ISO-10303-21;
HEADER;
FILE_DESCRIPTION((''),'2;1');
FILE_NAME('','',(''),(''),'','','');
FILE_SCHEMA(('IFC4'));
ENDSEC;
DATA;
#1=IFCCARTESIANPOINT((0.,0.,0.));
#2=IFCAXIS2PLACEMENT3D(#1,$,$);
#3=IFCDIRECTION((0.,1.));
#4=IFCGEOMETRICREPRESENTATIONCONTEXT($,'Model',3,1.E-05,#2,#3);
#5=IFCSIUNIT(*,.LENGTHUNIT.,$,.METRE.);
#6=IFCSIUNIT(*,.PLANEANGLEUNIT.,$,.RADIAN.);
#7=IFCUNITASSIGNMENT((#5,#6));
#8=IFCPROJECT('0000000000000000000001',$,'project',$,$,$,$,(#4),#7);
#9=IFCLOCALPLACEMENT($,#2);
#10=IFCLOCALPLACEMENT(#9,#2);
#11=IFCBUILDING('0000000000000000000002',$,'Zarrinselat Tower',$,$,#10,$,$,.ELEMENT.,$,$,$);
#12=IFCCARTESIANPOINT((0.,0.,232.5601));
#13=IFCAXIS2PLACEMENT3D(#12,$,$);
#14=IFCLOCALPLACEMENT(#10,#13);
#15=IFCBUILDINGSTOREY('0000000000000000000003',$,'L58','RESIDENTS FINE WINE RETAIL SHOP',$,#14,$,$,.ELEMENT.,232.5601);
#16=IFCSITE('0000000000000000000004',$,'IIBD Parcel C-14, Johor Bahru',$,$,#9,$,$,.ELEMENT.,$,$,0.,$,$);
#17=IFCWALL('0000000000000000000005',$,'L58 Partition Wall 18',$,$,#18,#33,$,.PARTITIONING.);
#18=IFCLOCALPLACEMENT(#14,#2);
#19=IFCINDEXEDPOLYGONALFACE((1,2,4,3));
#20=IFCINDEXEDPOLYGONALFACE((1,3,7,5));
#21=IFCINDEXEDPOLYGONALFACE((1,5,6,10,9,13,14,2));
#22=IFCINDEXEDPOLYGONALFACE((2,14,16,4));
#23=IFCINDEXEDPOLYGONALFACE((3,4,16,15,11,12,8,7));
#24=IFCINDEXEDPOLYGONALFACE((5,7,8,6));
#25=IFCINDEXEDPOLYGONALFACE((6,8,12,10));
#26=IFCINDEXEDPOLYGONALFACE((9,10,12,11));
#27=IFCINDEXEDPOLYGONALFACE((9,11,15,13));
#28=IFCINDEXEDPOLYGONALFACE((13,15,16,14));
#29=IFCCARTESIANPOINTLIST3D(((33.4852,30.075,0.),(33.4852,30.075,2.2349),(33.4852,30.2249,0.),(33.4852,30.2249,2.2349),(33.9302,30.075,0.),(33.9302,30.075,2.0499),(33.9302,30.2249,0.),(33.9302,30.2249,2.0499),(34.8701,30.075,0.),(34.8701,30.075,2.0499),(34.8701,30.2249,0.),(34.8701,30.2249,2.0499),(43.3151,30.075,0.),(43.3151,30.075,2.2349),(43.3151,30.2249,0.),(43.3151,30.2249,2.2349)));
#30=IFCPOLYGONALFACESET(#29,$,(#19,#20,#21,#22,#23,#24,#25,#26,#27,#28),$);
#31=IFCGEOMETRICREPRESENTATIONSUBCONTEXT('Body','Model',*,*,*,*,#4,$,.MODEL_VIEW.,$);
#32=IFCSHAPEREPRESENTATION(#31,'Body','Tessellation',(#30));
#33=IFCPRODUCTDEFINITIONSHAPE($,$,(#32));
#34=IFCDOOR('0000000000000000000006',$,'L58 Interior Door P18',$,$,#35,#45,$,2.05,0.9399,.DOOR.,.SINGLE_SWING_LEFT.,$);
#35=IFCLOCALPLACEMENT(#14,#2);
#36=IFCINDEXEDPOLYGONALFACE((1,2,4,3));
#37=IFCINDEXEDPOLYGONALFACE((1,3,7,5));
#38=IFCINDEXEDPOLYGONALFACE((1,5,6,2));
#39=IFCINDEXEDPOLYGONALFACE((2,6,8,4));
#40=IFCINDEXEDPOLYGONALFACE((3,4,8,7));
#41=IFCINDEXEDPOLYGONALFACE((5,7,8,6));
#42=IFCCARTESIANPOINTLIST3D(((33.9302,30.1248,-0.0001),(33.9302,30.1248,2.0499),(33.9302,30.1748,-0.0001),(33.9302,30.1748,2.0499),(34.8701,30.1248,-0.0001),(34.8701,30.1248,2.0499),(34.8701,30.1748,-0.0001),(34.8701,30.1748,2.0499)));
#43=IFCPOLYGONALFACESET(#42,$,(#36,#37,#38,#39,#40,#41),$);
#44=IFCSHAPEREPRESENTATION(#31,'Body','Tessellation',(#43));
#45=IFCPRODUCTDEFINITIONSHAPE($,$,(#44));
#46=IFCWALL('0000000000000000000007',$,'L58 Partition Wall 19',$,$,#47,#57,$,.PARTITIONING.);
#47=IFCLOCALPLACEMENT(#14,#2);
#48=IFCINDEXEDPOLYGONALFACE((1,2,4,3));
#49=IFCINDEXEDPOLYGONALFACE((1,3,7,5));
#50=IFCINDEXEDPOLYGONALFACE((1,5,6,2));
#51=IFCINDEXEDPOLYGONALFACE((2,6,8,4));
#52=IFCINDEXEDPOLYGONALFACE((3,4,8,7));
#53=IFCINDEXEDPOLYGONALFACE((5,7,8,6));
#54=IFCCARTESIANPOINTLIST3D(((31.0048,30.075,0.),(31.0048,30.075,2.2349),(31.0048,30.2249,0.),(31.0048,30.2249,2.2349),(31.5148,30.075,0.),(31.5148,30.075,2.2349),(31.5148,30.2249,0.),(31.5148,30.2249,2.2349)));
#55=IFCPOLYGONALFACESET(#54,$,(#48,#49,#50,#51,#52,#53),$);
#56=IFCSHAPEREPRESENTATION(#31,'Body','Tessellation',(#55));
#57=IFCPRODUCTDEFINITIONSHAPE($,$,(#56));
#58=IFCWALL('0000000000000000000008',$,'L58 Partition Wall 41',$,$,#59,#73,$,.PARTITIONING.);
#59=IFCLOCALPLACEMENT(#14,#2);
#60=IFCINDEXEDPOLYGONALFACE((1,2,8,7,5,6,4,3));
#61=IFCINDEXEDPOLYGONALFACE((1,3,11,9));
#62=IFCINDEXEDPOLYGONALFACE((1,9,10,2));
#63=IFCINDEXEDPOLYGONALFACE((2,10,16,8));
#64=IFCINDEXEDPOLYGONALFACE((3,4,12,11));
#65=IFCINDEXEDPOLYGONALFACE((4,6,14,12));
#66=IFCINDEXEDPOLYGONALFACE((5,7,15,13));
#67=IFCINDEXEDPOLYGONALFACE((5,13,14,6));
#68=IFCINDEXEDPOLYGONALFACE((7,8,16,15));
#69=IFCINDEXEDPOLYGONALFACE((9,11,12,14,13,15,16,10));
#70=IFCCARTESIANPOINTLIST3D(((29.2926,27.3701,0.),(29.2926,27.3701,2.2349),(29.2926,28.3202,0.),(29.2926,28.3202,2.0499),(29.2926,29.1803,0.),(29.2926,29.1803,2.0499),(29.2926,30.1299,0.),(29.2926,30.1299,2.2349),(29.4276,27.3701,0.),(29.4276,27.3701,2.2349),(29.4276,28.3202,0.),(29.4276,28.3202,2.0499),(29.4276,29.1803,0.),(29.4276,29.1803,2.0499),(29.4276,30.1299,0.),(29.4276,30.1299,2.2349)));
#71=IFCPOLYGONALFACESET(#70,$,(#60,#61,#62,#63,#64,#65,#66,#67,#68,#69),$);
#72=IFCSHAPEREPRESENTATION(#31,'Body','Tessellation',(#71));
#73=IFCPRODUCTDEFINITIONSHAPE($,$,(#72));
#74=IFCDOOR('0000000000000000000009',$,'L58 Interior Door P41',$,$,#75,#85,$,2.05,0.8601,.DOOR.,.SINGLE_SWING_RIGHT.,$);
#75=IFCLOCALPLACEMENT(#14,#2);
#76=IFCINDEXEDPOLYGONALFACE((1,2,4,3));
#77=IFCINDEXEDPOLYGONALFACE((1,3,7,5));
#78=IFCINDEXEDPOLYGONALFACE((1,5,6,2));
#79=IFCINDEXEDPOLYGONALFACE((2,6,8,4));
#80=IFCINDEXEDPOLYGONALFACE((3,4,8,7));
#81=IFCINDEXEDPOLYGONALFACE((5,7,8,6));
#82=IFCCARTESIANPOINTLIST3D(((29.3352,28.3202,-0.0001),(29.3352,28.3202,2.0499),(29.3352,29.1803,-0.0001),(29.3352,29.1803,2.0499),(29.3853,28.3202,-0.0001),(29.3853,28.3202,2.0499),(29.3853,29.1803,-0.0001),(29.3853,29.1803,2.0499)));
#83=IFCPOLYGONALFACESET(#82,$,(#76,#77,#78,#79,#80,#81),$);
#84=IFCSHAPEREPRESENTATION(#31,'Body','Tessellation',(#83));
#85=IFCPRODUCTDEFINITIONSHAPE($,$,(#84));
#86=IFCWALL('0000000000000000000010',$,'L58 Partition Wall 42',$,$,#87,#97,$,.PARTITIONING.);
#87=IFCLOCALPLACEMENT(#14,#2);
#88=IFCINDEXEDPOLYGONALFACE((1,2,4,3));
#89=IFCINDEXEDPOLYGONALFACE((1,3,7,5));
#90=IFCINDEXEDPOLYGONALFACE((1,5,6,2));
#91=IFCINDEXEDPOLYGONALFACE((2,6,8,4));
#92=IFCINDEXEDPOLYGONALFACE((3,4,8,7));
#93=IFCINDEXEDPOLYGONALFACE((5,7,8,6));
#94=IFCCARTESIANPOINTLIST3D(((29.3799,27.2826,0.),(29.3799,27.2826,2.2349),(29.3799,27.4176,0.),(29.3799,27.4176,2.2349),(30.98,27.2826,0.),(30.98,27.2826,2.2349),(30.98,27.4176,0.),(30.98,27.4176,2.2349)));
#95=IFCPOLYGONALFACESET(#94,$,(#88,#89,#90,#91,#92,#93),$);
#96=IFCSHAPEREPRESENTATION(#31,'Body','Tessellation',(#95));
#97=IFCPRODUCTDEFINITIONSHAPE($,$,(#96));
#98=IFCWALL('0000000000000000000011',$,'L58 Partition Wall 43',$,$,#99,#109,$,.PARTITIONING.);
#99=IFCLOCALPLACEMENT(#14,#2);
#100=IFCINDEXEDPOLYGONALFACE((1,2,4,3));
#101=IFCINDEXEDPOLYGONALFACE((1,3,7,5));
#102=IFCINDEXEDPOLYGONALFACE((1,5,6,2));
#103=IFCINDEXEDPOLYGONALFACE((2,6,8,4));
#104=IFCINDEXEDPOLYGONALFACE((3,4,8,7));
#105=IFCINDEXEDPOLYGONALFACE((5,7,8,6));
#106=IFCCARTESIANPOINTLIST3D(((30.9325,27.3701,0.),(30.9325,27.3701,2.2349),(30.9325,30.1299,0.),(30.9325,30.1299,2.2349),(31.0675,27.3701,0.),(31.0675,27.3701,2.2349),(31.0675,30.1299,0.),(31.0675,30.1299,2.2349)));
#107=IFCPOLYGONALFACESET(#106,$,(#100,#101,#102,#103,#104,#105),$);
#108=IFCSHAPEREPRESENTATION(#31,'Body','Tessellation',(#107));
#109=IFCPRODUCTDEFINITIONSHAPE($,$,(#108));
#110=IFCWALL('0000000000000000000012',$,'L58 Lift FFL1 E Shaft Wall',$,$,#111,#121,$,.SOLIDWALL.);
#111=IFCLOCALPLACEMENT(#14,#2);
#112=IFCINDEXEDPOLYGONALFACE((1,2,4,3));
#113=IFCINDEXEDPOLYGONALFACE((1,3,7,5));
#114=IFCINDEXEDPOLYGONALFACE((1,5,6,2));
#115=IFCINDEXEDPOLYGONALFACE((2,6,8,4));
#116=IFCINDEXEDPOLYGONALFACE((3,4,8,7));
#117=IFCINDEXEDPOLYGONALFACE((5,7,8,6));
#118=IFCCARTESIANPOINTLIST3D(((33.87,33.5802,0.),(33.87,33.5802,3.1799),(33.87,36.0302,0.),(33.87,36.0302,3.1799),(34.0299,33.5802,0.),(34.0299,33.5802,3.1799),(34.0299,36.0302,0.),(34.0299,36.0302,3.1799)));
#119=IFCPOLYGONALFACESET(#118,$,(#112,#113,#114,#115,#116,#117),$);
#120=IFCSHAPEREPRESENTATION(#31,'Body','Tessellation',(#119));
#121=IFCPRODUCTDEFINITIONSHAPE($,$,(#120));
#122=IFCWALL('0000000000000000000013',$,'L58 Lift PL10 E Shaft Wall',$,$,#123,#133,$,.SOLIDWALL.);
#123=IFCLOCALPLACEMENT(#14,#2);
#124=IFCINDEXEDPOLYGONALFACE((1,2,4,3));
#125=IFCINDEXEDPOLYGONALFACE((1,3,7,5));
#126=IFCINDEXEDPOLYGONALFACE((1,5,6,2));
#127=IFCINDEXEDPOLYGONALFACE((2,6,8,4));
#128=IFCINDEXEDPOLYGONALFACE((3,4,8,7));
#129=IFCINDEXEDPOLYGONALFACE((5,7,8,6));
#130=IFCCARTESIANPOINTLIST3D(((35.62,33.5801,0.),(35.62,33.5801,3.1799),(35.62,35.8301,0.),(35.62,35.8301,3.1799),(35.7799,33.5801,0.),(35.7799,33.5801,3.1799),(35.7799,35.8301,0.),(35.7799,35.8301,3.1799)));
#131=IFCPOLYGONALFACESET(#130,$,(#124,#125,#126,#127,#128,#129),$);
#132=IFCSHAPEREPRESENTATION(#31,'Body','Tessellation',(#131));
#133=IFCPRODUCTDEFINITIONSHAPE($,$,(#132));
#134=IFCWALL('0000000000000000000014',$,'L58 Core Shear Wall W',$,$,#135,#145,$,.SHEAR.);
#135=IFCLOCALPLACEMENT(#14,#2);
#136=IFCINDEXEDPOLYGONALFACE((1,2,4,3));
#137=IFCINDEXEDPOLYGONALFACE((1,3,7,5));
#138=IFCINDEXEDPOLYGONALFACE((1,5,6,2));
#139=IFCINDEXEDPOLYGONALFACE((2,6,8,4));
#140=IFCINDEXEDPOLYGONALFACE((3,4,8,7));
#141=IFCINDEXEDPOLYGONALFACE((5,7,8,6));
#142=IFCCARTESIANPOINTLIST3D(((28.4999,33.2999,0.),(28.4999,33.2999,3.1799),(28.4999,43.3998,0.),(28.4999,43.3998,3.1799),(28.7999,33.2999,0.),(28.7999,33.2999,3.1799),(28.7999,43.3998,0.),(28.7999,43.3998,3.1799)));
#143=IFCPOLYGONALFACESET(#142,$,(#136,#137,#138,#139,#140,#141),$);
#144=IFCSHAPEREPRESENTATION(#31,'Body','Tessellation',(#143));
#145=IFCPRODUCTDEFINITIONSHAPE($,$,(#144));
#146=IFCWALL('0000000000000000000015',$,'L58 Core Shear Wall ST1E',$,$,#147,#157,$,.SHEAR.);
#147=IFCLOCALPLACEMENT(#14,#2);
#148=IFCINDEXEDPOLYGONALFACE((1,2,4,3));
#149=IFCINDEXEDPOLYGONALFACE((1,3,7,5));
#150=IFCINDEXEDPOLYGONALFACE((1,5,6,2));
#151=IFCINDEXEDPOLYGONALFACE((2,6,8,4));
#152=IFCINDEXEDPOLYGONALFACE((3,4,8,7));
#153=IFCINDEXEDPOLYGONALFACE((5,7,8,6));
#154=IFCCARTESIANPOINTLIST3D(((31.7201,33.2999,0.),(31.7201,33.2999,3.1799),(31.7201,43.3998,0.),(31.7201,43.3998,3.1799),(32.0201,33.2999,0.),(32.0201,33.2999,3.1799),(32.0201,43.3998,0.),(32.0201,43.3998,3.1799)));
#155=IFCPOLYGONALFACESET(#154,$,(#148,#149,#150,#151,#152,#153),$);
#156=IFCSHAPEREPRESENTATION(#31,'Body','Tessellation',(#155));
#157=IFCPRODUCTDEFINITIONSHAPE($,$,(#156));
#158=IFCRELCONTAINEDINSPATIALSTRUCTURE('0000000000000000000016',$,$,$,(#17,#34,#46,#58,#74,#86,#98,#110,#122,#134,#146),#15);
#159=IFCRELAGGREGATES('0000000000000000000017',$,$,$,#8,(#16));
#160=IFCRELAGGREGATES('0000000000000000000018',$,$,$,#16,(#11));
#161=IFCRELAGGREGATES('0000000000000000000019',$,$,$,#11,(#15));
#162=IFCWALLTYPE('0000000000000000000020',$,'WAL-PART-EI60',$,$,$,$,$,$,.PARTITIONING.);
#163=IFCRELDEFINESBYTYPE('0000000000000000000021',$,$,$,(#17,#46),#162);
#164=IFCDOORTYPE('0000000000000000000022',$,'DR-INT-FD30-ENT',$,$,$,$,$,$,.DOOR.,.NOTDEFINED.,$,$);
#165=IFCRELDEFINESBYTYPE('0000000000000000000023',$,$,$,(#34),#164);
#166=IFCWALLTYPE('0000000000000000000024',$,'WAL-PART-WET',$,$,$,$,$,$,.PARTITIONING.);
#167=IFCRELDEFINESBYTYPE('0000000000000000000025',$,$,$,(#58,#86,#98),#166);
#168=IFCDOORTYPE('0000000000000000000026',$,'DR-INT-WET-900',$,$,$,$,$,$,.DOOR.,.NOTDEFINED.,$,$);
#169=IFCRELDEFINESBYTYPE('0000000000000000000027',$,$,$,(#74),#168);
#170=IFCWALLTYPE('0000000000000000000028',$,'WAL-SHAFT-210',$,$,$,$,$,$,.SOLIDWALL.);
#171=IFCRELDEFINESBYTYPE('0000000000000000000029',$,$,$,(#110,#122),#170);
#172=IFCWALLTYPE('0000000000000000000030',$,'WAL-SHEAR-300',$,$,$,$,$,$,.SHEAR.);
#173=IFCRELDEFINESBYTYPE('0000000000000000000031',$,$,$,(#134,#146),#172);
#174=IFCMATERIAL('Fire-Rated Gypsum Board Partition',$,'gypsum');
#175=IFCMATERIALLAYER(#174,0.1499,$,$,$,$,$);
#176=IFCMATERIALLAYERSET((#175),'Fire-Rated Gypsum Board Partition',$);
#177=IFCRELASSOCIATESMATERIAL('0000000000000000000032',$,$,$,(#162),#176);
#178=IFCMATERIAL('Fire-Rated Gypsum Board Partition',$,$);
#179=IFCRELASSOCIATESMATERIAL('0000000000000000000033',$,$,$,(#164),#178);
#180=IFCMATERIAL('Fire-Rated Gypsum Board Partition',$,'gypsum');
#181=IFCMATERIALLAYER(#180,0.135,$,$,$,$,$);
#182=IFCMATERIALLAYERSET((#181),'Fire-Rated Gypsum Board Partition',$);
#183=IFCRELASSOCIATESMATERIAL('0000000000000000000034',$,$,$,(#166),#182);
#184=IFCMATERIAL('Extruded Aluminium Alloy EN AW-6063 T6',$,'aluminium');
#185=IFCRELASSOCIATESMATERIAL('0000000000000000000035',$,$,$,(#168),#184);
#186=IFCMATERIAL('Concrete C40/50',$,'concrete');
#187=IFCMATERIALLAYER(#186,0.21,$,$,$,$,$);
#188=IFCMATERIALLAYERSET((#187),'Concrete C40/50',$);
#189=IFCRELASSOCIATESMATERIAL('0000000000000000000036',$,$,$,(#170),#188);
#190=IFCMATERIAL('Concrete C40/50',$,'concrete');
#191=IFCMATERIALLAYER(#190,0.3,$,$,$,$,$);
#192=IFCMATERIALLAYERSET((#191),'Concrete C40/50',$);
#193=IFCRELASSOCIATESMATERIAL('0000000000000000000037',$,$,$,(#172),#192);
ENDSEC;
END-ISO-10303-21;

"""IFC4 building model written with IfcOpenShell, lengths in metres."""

from ifc_helpers import new_model, si_unit, direction, frame, frame_2d, origin, place, context, subcontext, project, spatial, rectangle, extrude, material, layer, layer_set, type_object, element, fill, save


model = new_model("IFC4")

# Units and contexts
model_context = context("Model", 3, precision=1e-05, world=origin(), true_north=direction((0.0, 1.0)))
body_context = subcontext(model_context, "Body", "Model", "MODEL_VIEW")
ifc_project = project(units=[si_unit("LENGTHUNIT", "METRE"), si_unit("PLANEANGLEUNIT", "RADIAN")], contexts=[model_context])

# Site, building, storey
site_placement = place(None, origin())
site = spatial("IfcSite", under=ifc_project, at=site_placement, Name="IIBD Parcel C-14, Johor Bahru", CompositionType="ELEMENT", RefElevation=0.0)
building_placement = place(site_placement, origin())
building = spatial("IfcBuilding", under=site, at=building_placement, Name="Zarrinselat Tower", CompositionType="ELEMENT")
storey_placement = place(building_placement, frame((0.0, 0.0, 232.5601)))
storey = spatial("IfcBuildingStorey", under=building, at=storey_placement, Name="L58", Description="RESIDENTS FINE WINE RETAIL SHOP", CompositionType="ELEMENT", Elevation=232.5601)

# Wall, opening, door
ifc_material_1 = material(Name="Fire-Rated Gypsum Board Partition", Category="gypsum")
ifc_layer_1 = layer(ifc_material_1, 0.1499)
ifc_layer_set_1 = layer_set([ifc_layer_1], Name="Fire-Rated Gypsum Board Partition")
wall_type_1 = type_object("IfcWallType", Name="WAL-PART-EI60", PredefinedType="PARTITIONING", material=ifc_layer_set_1)
wall_1_placement = place(storey_placement, frame((33.4851, 30.1499, 0.0), z_axis=(0.0, 0.0, 1.0), x_axis=(1.0, 0.0, 0.0)))
wall_1 = element("IfcWall", 1, at=wall_1_placement, inside=storey, type_object=wall_type_1, Name="L58 Partition Wall 18", PredefinedType="PARTITIONING", context=body_context, shape_type="SweptSolid", body=[
    extrude(rectangle(XDim=9.8298, YDim=0.1499, at=frame_2d((4.915, 0.0))), origin(), (0.0, 0.0, 1.0), 2.2349),
])
opening_1_placement = place(wall_1_placement, frame((0.4451, 0.0, 0.0)))
opening_1 = element("IfcOpeningElement", 2, at=opening_1_placement, cuts=wall_1, PredefinedType="OPENING", context=body_context, shape_type="SweptSolid", body=[
    extrude(rectangle(XDim=0.9399, YDim=2.05, at=frame_2d((0.47, 1.0249))), frame((0.0, 0.085, 0.0), z_axis=(0.0, -1.0, 0.0), x_axis=(1.0, 0.0, 0.0)), (0.0, 0.0, 1.0), 0.1699),
])
ifc_material_2 = material(Name="Fire-Rated Gypsum Board Partition")
door_type_1 = type_object("IfcDoorType", Name="DR-INT-FD30-ENT", OperationType="NOTDEFINED", PredefinedType="DOOR", material=ifc_material_2)
door_1_placement = place(opening_1_placement, origin())
door_1 = element("IfcDoor", 3, at=door_1_placement, inside=storey, type_object=door_type_1, Name="L58 Interior Door P18", OperationType="SINGLE_SWING_LEFT", OverallHeight=2.05, OverallWidth=0.9399, PredefinedType="DOOR", context=body_context, shape_type="SweptSolid", body=[
    extrude(rectangle(XDim=0.9399, YDim=2.05, at=frame_2d((0.47, 1.0249))), frame((0.0, 0.0249, 0.0), z_axis=(0.0, -1.0, 0.0), x_axis=(1.0, 0.0, 0.0)), (0.0, 0.0, 1.0), 0.05),
])
fill(opening_1, door_1)

# Wall
wall_2_placement = place(storey_placement, frame((31.0049, 30.1499, 0.0), z_axis=(0.0, 0.0, 1.0), x_axis=(1.0, 0.0, 0.0)))
element("IfcWall", 4, at=wall_2_placement, inside=storey, type_object=wall_type_1, Name="L58 Partition Wall 19", PredefinedType="PARTITIONING", context=body_context, shape_type="SweptSolid", body=[
    extrude(rectangle(XDim=0.51, YDim=0.1499, at=frame_2d((0.2549, 0.0))), origin(), (0.0, 0.0, 1.0), 2.2349),
])

# Wall, opening, door
ifc_material_3 = material(Name="Fire-Rated Gypsum Board Partition", Category="gypsum")
ifc_layer_2 = layer(ifc_material_3, 0.135)
ifc_layer_set_2 = layer_set([ifc_layer_2], Name="Fire-Rated Gypsum Board Partition")
wall_type_2 = type_object("IfcWallType", Name="WAL-PART-WET", PredefinedType="PARTITIONING", material=ifc_layer_set_2)
wall_3_placement = place(storey_placement, frame((29.3601, 27.3701, 0.0), z_axis=(0.0, 0.0, 1.0), x_axis=(0.0, 1.0, 0.0)))
wall_3 = element("IfcWall", 5, at=wall_3_placement, inside=storey, type_object=wall_type_2, Name="L58 Partition Wall 41", PredefinedType="PARTITIONING", context=body_context, shape_type="SweptSolid", body=[
    extrude(rectangle(XDim=2.7598, YDim=0.135, at=frame_2d((1.3799, 0.0))), origin(), (0.0, 0.0, 1.0), 2.2349),
])
opening_2_placement = place(wall_3_placement, frame((0.95, 0.0, 0.0)))
opening_2 = element("IfcOpeningElement", 6, at=opening_2_placement, cuts=wall_3, PredefinedType="OPENING", context=body_context, shape_type="SweptSolid", body=[
    extrude(rectangle(XDim=0.8601, YDim=2.05, at=frame_2d((0.4302, 1.0249))), frame((0.0, 0.0774, 0.0), z_axis=(0.0, -1.0, 0.0), x_axis=(1.0, 0.0, 0.0)), (0.0, 0.0, 1.0), 0.155),
])
ifc_material_4 = material(Name="Extruded Aluminium Alloy EN AW-6063 T6", Category="aluminium")
door_type_2 = type_object("IfcDoorType", Name="DR-INT-WET-900", OperationType="NOTDEFINED", PredefinedType="DOOR", material=ifc_material_4)
door_2_placement = place(opening_2_placement, origin())
door_2 = element("IfcDoor", 7, at=door_2_placement, inside=storey, type_object=door_type_2, Name="L58 Interior Door P41", OperationType="SINGLE_SWING_RIGHT", OverallHeight=2.05, OverallWidth=0.8601, PredefinedType="DOOR", context=body_context, shape_type="SweptSolid", body=[
    extrude(rectangle(XDim=0.8601, YDim=2.05, at=frame_2d((0.4302, 1.0249))), frame((0.0, 0.0249, 0.0), z_axis=(0.0, -1.0, 0.0), x_axis=(1.0, 0.0, 0.0)), (0.0, 0.0, 1.0), 0.05),
])
fill(opening_2, door_2)

# Walls
wall_4_placement = place(storey_placement, frame((29.3799, 27.3501, 0.0), z_axis=(0.0, 0.0, 1.0), x_axis=(1.0, 0.0, 0.0)))
element("IfcWall", 8, at=wall_4_placement, inside=storey, type_object=wall_type_2, Name="L58 Partition Wall 42", PredefinedType="PARTITIONING", context=body_context, shape_type="SweptSolid", body=[
    extrude(rectangle(XDim=1.6001, YDim=0.135, at=frame_2d((0.8, 0.0))), origin(), (0.0, 0.0, 1.0), 2.2349),
])
wall_5_placement = place(storey_placement, frame((31.0, 27.3701, 0.0), z_axis=(0.0, 0.0, 1.0), x_axis=(0.0, 1.0, 0.0)))
element("IfcWall", 9, at=wall_5_placement, inside=storey, type_object=wall_type_2, Name="L58 Partition Wall 43", PredefinedType="PARTITIONING", context=body_context, shape_type="SweptSolid", body=[
    extrude(rectangle(XDim=2.7598, YDim=0.135, at=frame_2d((1.3799, 0.0))), origin(), (0.0, 0.0, 1.0), 2.2349),
])
ifc_material_5 = material(Name="Concrete C40/50", Category="concrete")
ifc_layer_3 = layer(ifc_material_5, 0.21)
ifc_layer_set_3 = layer_set([ifc_layer_3], Name="Concrete C40/50")
wall_type_3 = type_object("IfcWallType", Name="WAL-SHAFT-210", PredefinedType="SOLIDWALL", material=ifc_layer_set_3)
wall_6_placement = place(storey_placement, frame((33.95, 33.5801, 0.0), z_axis=(0.0, 0.0, 1.0), x_axis=(0.0, 1.0, 0.0)))
element("IfcWall", 10, at=wall_6_placement, inside=storey, type_object=wall_type_3, Name="L58 Lift FFL1 E Shaft Wall", PredefinedType="SOLIDWALL", context=body_context, shape_type="SweptSolid", body=[
    extrude(rectangle(XDim=2.45, YDim=0.1599, at=frame_2d((1.2251, 0.0))), origin(), (0.0, 0.0, 1.0), 3.1799),
])
wall_7_placement = place(storey_placement, frame((35.7, 33.5801, 0.0), z_axis=(0.0, 0.0, 1.0), x_axis=(0.0, 1.0, 0.0)))
element("IfcWall", 11, at=wall_7_placement, inside=storey, type_object=wall_type_3, Name="L58 Lift PL10 E Shaft Wall", PredefinedType="SOLIDWALL", context=body_context, shape_type="SweptSolid", body=[
    extrude(rectangle(XDim=2.25, YDim=0.1599, at=frame_2d((1.125, 0.0))), origin(), (0.0, 0.0, 1.0), 3.1799),
])
ifc_material_6 = material(Name="Concrete C40/50", Category="concrete")
ifc_layer_4 = layer(ifc_material_6, 0.3)
ifc_layer_set_4 = layer_set([ifc_layer_4], Name="Concrete C40/50")
wall_type_4 = type_object("IfcWallType", Name="WAL-SHEAR-300", PredefinedType="SHEAR", material=ifc_layer_set_4)
for number, where, z_axis, x_axis, name in (
    (12, (28.6499, 33.3, 0.0), (0.0, 0.0, 1.0), (0.0, 1.0, 0.0), "L58 Core Shear Wall W"),
    (13, (31.8701, 33.3, 0.0), (0.0, 0.0, 1.0), (0.0, 1.0, 0.0), "L58 Core Shear Wall ST1E"),
):
    element("IfcWall", number, at=place(storey_placement, frame(where, z_axis=z_axis, x_axis=x_axis)), inside=storey, type_object=wall_type_4, Name=name, PredefinedType="SHEAR", context=body_context, shape_type="SweptSolid", body=[
        extrude(rectangle(XDim=10.0999, YDim=0.3, at=frame_2d((5.0498, 0.0))), origin(), (0.0, 0.0, 1.0), 3.1799),
    ])

save(model, "model.ifc")
